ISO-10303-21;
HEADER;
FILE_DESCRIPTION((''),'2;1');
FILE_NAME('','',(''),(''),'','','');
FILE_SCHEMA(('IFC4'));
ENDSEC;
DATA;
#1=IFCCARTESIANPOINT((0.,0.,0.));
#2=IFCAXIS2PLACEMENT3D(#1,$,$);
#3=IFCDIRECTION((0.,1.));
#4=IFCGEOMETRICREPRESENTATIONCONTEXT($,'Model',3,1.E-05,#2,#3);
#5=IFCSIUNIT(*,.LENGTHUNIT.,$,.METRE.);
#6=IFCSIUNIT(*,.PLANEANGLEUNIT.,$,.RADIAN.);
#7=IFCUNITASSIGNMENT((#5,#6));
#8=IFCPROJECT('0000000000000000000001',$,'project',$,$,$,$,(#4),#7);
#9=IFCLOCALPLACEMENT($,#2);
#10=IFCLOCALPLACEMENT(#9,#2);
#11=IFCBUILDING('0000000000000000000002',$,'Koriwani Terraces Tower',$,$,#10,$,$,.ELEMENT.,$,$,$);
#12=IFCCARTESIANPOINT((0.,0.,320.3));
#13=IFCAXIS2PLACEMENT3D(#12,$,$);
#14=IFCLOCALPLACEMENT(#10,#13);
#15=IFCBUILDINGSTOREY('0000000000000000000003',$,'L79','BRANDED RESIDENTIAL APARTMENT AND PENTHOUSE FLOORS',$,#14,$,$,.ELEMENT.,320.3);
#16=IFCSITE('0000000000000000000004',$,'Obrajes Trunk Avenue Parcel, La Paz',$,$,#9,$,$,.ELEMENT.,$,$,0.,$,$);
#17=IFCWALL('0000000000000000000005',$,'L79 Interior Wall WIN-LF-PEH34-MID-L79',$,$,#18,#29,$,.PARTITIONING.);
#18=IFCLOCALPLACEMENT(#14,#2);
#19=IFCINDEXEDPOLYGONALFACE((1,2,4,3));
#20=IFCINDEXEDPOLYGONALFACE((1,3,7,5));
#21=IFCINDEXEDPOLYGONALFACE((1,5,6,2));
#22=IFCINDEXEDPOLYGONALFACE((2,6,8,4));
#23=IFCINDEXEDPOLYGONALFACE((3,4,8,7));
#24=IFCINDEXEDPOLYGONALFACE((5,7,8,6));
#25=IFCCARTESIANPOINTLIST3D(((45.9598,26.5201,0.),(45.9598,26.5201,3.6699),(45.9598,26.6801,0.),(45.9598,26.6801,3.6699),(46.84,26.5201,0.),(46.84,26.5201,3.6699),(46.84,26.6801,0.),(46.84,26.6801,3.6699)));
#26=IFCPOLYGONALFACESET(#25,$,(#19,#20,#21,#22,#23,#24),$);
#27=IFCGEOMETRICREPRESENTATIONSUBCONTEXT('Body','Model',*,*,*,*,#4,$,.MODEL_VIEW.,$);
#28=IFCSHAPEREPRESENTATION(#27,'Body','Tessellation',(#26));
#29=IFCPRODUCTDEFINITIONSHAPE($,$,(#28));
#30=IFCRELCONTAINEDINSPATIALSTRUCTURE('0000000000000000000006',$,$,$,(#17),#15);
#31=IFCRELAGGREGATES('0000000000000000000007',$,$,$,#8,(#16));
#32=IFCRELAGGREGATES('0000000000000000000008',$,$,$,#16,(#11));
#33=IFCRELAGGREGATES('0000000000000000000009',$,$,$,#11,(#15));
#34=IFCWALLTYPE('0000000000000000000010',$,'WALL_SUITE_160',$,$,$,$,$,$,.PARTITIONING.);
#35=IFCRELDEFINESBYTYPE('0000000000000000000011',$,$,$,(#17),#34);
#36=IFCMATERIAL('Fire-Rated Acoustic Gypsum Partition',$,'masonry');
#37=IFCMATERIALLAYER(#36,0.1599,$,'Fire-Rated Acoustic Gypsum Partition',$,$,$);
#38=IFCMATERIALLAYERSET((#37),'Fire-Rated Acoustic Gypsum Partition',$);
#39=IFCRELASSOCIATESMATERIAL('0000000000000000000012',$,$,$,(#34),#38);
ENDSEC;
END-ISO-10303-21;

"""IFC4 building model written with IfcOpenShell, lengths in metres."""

from ifc_helpers import new_model, si_unit, direction, frame, frame_2d, origin, place, context, subcontext, project, spatial, rectangle, extrude, material, layer, layer_set, type_object, element, save


model = new_model("IFC4")

# Units and contexts
model_context = context("Model", 3, precision=1e-05, world=origin(), true_north=direction((0.0, 1.0)))
body_context = subcontext(model_context, "Body", "Model", "MODEL_VIEW")
ifc_project = project(units=[si_unit("LENGTHUNIT", "METRE"), si_unit("PLANEANGLEUNIT", "RADIAN")], contexts=[model_context])

# Site, building, storey
site_placement = place(None, origin())
site = spatial("IfcSite", under=ifc_project, at=site_placement, Name="Obrajes Trunk Avenue Parcel, La Paz", CompositionType="ELEMENT", RefElevation=0.0)
building_placement = place(site_placement, origin())
building = spatial("IfcBuilding", under=site, at=building_placement, Name="Koriwani Terraces Tower", CompositionType="ELEMENT")
storey_placement = place(building_placement, frame((0.0, 0.0, 320.3)))
storey = spatial("IfcBuildingStorey", under=building, at=storey_placement, Name="L79", Description="BRANDED RESIDENTIAL APARTMENT AND PENTHOUSE FLOORS", CompositionType="ELEMENT", Elevation=320.3)

# Shared definitions
ifc_material_1 = material(Name="Fire-Rated Acoustic Gypsum Partition", Category="masonry")
ifc_layer_1 = layer(ifc_material_1, 0.1599, Name="Fire-Rated Acoustic Gypsum Partition")
ifc_layer_set_1 = layer_set([ifc_layer_1], Name="Fire-Rated Acoustic Gypsum Partition")
wall_type_1 = type_object("IfcWallType", Name="WALL_SUITE_160", PredefinedType="PARTITIONING", material=ifc_layer_set_1)

# Wall
wall_1_placement = place(storey_placement, frame((45.96, 26.6001, 0.0), z_axis=(0.0, 0.0, 1.0), x_axis=(1.0, 0.0, 0.0)))
element("IfcWall", 1, at=wall_1_placement, inside=storey, type_object=wall_type_1, Name="L79 Interior Wall WIN-LF-PEH34-MID-L79", PredefinedType="PARTITIONING", context=body_context, shape_type="SweptSolid", body=[
    extrude(rectangle(XDim=0.8801, YDim=0.1599, at=frame_2d((0.4399, 0.0))), origin(), (0.0, 0.0, 1.0), 3.6699),
])

save(model, "model.ifc")
